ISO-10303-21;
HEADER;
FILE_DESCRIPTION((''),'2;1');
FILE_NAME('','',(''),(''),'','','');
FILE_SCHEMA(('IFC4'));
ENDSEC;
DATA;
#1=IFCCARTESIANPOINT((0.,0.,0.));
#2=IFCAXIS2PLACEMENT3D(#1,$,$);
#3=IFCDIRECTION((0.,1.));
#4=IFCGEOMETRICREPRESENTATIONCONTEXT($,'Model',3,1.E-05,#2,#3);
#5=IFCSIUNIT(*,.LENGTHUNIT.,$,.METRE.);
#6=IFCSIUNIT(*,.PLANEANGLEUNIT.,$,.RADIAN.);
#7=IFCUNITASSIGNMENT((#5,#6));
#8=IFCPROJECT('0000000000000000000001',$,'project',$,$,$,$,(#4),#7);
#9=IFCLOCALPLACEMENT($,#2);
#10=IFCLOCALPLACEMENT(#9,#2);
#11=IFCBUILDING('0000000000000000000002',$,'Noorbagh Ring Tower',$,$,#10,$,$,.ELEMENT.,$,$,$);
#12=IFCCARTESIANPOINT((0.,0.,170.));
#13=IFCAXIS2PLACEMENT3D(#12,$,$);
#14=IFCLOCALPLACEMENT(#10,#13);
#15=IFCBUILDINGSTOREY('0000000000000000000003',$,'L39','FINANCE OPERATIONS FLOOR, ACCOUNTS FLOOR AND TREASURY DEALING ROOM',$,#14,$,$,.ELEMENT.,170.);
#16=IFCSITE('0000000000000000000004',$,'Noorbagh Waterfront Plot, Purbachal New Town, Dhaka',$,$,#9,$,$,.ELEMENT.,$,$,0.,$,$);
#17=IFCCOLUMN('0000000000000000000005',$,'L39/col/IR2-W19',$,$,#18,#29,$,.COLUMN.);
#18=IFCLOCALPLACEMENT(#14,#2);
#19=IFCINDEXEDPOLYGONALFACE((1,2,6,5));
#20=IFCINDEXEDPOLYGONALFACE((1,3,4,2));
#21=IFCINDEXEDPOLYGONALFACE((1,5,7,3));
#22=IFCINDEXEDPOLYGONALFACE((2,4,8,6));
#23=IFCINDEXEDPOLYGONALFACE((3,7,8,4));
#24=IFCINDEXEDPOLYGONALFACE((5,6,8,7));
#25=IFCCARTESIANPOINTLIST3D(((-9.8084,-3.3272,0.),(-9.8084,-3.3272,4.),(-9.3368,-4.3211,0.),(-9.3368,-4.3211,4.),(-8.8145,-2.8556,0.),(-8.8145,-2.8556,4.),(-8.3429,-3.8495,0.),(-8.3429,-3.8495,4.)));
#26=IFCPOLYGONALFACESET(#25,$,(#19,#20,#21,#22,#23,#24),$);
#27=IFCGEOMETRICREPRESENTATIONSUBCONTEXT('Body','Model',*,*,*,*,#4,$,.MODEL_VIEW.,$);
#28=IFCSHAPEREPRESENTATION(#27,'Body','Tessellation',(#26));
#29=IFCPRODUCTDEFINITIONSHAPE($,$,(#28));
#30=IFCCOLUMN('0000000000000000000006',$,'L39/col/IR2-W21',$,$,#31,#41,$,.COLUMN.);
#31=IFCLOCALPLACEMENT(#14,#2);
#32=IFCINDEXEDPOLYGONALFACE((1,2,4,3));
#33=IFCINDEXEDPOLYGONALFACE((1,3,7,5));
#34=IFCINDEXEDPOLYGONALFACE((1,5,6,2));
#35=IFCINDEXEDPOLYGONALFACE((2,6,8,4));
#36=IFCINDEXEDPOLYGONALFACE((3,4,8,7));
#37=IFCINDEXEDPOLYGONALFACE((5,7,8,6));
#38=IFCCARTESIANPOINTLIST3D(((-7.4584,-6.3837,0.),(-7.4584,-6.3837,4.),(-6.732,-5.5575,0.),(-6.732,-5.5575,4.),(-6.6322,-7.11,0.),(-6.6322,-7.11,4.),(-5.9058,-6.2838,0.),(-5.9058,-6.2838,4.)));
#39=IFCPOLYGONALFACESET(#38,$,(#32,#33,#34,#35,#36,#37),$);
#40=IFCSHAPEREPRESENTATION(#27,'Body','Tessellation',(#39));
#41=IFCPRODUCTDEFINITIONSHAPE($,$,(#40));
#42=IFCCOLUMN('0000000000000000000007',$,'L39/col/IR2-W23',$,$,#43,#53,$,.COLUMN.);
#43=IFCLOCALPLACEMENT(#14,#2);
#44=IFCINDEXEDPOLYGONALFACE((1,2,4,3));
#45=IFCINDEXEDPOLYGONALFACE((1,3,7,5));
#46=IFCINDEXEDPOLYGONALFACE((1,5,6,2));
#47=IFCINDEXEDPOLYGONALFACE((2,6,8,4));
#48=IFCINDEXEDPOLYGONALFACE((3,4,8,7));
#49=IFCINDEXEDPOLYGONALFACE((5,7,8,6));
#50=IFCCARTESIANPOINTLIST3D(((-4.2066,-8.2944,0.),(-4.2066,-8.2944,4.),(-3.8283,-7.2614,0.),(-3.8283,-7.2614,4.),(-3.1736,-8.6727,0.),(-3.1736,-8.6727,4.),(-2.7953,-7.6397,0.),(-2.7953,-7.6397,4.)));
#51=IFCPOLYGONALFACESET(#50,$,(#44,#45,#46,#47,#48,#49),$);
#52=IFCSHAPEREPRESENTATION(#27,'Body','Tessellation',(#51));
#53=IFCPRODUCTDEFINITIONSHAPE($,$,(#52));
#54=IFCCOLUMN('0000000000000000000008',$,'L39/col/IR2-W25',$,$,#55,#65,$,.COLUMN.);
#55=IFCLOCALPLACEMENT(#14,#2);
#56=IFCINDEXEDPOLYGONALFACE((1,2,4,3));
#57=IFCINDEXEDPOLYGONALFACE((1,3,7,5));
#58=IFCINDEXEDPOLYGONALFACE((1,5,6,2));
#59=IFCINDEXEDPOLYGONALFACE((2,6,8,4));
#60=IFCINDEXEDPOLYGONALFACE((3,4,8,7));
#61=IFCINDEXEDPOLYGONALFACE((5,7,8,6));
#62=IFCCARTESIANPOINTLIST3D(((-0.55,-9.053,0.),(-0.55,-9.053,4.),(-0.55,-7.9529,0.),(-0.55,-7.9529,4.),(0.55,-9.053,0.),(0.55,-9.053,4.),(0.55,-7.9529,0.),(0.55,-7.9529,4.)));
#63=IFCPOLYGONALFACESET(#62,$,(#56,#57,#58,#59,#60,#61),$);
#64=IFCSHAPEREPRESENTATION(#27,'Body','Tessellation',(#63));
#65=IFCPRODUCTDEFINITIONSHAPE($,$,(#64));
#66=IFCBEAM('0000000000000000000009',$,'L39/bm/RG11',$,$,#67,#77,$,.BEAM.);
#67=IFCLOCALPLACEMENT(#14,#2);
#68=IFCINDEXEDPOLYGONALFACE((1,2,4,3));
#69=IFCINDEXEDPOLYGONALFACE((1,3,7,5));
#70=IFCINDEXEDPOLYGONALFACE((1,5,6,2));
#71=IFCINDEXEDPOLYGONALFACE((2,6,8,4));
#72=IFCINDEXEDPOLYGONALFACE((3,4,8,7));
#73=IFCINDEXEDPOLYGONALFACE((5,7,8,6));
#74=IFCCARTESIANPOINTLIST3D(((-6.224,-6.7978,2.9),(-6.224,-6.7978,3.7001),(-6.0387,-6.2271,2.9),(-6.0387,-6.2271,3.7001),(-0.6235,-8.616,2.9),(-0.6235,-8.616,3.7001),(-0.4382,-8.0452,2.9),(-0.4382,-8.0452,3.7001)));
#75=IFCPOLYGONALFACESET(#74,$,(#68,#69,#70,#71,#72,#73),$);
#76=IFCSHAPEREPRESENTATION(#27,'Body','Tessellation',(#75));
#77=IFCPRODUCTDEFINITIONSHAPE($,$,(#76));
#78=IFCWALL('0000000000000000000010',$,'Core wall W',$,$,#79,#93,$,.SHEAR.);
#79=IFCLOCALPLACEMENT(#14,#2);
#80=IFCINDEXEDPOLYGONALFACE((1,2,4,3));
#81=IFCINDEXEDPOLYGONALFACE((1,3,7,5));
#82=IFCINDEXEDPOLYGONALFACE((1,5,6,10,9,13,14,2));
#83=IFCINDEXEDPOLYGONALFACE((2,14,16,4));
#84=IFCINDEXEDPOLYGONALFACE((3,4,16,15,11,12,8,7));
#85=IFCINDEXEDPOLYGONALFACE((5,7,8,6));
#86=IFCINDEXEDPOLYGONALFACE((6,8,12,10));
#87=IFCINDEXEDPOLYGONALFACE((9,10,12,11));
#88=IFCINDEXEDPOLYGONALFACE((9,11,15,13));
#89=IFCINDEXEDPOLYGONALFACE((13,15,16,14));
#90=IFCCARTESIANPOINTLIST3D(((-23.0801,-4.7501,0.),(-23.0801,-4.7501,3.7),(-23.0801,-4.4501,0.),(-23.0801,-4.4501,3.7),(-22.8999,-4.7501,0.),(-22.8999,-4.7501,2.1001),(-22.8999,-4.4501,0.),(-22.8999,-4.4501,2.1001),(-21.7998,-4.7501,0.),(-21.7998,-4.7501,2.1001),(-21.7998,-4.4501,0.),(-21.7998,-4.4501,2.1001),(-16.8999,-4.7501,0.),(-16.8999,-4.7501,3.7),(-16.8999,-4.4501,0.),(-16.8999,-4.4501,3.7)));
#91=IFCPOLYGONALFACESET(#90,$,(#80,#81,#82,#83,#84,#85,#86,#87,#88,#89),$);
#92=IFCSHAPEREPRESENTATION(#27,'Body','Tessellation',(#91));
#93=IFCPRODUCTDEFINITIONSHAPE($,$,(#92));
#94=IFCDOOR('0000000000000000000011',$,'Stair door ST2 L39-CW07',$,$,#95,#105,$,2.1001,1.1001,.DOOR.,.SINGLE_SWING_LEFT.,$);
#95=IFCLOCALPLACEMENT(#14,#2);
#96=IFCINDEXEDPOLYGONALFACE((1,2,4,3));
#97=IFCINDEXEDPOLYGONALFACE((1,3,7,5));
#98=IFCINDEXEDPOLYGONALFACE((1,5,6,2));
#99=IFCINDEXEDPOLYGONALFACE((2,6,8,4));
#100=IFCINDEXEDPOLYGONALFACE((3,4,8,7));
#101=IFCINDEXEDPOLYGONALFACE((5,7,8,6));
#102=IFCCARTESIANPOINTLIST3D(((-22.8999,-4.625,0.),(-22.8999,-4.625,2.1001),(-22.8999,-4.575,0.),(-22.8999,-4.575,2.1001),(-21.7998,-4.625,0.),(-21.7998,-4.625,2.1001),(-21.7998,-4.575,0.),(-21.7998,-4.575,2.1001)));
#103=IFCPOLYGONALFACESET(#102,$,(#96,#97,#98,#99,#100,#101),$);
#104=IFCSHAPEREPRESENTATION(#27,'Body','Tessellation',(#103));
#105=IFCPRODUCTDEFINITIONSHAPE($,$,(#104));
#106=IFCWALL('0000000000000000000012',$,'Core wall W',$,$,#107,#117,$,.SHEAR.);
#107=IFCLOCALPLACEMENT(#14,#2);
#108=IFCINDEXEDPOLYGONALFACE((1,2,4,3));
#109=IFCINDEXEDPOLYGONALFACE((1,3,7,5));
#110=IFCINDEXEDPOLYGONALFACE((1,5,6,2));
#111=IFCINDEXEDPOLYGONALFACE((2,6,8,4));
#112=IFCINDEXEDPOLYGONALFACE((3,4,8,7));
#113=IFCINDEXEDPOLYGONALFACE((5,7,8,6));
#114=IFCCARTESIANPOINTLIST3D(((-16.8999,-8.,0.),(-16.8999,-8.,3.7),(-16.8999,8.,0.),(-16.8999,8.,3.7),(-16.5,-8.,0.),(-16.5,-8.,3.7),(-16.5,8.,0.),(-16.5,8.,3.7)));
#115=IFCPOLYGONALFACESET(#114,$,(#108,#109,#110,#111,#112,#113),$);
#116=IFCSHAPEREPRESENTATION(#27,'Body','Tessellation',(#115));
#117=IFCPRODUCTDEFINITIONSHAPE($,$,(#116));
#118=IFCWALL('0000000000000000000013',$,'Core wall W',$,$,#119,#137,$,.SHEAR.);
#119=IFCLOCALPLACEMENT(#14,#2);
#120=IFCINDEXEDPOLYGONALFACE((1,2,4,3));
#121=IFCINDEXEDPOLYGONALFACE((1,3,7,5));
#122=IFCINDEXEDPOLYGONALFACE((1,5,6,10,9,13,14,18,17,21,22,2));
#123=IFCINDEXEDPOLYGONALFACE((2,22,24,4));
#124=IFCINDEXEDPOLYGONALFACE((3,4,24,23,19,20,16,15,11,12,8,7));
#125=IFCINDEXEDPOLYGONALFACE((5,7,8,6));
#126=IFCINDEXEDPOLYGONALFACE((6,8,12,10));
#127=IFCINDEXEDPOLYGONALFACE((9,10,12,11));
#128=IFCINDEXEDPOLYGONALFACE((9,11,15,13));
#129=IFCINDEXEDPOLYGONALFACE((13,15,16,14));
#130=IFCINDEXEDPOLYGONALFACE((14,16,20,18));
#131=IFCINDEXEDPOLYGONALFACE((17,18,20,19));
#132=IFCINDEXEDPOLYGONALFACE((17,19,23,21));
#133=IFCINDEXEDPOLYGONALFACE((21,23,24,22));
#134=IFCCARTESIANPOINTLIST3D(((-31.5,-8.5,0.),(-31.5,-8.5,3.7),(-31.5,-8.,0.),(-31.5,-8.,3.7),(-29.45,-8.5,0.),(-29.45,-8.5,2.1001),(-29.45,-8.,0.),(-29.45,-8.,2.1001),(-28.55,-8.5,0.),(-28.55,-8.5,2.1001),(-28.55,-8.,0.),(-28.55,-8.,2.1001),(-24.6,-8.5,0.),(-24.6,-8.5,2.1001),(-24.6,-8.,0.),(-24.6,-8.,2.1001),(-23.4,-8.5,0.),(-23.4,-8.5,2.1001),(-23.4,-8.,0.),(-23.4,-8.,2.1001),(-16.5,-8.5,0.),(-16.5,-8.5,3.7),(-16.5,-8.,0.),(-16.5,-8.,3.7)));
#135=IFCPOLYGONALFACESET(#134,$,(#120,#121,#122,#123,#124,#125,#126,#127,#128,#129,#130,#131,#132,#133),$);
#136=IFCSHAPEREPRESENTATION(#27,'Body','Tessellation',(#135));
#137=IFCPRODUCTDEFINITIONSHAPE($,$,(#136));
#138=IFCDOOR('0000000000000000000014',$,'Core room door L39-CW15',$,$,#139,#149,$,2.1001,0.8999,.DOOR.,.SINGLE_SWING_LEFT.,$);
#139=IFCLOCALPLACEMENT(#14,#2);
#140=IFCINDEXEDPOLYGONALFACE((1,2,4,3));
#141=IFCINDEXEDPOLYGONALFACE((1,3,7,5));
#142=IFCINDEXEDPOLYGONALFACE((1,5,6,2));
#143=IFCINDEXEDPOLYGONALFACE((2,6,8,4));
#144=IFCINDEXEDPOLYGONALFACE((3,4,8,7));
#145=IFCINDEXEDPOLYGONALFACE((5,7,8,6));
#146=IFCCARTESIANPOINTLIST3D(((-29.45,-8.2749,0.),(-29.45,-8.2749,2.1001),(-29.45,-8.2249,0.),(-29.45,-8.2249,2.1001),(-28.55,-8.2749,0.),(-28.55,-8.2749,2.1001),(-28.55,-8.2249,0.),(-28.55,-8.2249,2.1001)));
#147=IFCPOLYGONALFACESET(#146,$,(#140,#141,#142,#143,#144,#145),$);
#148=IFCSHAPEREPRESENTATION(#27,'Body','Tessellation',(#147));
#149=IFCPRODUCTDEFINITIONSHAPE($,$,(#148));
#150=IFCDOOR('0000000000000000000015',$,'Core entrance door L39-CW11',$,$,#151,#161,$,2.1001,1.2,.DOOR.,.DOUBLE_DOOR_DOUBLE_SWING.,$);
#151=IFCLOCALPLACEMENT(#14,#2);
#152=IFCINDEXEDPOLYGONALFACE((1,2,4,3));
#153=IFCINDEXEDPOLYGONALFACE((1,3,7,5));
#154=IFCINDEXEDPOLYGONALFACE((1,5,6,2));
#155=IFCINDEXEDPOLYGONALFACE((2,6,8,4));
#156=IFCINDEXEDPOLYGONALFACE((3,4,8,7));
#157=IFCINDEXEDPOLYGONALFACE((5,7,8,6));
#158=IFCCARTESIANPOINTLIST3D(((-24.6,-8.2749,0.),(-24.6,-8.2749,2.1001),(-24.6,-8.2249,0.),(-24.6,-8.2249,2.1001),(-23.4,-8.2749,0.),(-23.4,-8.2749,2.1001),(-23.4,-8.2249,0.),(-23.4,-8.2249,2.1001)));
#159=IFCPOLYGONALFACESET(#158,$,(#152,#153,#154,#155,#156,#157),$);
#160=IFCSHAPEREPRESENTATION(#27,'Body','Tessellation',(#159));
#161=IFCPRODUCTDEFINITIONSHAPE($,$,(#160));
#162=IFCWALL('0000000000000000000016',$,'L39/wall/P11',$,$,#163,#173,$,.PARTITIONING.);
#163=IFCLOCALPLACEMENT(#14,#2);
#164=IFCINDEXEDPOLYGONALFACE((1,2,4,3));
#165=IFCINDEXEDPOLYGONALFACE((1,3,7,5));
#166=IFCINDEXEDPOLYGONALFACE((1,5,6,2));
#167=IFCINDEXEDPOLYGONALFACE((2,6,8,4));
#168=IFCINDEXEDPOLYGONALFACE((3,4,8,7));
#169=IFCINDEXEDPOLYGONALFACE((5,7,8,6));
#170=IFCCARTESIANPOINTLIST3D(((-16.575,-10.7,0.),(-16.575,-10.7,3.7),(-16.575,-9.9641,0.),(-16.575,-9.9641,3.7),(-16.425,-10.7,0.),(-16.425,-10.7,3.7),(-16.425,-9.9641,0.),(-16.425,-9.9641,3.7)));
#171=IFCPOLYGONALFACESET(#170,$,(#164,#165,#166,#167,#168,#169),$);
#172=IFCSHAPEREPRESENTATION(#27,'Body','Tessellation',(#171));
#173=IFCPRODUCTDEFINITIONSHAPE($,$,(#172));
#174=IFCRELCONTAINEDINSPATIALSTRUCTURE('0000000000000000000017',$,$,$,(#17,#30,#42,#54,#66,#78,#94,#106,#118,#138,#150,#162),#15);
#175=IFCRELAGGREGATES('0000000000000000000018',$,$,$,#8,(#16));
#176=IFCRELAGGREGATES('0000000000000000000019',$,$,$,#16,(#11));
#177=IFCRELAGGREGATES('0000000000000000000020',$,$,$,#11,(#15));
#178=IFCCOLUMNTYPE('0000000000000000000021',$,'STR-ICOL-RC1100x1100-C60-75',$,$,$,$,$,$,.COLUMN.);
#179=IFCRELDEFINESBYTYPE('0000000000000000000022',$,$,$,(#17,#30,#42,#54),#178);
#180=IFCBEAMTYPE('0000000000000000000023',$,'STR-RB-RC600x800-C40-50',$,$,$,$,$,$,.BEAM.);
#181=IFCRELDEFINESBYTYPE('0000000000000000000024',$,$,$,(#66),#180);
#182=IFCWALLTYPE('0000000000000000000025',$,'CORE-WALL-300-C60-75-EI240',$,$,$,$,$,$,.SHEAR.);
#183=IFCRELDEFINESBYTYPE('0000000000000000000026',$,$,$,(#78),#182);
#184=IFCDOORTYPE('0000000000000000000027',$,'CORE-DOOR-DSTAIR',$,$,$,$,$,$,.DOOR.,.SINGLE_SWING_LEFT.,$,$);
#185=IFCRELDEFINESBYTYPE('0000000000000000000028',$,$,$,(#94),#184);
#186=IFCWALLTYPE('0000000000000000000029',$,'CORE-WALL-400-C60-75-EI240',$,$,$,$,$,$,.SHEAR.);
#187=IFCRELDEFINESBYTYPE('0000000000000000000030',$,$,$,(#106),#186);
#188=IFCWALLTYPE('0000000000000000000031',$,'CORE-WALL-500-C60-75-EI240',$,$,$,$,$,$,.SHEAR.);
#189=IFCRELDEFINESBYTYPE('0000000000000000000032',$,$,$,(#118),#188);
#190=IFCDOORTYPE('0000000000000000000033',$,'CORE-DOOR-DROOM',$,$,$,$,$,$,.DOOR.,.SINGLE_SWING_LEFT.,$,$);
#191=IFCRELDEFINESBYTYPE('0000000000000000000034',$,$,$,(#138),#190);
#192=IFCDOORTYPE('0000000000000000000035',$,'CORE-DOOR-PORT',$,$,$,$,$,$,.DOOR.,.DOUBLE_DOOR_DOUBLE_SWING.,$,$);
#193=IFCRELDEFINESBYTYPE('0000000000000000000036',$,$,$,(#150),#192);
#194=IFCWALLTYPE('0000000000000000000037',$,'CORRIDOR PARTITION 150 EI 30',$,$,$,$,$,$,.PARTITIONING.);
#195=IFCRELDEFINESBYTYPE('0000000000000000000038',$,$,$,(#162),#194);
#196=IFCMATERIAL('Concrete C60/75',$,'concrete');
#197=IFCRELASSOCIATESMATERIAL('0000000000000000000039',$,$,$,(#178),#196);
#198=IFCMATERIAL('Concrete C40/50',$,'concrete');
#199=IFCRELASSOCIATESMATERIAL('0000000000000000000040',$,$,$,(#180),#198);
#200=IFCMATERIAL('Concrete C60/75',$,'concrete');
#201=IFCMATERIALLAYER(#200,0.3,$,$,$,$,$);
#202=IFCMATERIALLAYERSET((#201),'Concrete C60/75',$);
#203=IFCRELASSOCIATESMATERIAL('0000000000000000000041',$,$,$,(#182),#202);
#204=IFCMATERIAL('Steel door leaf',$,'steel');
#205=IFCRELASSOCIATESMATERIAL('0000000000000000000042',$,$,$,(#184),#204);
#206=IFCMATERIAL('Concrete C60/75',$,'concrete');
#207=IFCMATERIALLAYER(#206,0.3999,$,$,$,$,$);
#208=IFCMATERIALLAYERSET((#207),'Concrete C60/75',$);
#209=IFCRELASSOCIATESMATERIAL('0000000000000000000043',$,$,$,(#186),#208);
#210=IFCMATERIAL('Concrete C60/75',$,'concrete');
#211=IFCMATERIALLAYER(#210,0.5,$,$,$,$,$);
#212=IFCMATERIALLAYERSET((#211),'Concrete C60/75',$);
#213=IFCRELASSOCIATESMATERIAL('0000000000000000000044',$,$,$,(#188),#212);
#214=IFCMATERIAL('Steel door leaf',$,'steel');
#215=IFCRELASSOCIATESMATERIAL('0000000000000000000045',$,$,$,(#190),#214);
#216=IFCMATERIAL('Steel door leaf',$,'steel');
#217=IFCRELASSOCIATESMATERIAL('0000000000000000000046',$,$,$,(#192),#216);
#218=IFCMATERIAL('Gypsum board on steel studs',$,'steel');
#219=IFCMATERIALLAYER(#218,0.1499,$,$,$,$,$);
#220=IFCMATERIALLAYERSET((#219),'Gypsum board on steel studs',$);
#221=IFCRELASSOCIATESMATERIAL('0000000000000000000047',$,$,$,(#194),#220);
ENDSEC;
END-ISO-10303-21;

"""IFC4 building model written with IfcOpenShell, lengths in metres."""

from ifc_helpers import new_model, si_unit, direction, frame, frame_2d, origin, origin_2d, place, context, subcontext, project, spatial, rectangle, extrude, material, layer, layer_set, material_profile, profile_set, type_object, element, fill, save


model = new_model("IFC4")

# Units and contexts
model_context = context("Model", 3, precision=1e-05, world=origin(), true_north=direction((0.0, 1.0)))
body_context = subcontext(model_context, "Body", "Model", "MODEL_VIEW")
ifc_project = project(units=[si_unit("LENGTHUNIT", "METRE"), si_unit("PLANEANGLEUNIT", "RADIAN")], contexts=[model_context])

# Site, building, storey
site_placement = place(None, origin())
site = spatial("IfcSite", under=ifc_project, at=site_placement, Name="Noorbagh Waterfront Plot, Purbachal New Town, Dhaka", CompositionType="ELEMENT", RefElevation=0.0)
building_placement = place(site_placement, origin())
building = spatial("IfcBuilding", under=site, at=building_placement, Name="Noorbagh Ring Tower", CompositionType="ELEMENT")
storey_placement = place(building_placement, frame((0.0, 0.0, 170.0)))
storey = spatial("IfcBuildingStorey", under=building, at=storey_placement, Name="L39", Description="FINANCE OPERATIONS FLOOR, ACCOUNTS FLOOR AND TREASURY DEALING ROOM", CompositionType="ELEMENT", Elevation=170.0)

# Columns
ifc_material_1 = material(Name="Concrete C60/75", Category="concrete")
ifc_material_profile_1 = material_profile(ifc_material_1, rectangle(XDim=1.1001, YDim=1.1001, at=origin_2d()), Name="RC1100x1100")
ifc_profile_set_1 = profile_set([ifc_material_profile_1], Name="Concrete C60/75")
column_type = type_object("IfcColumnType", Name="STR-ICOL-RC1100x1100-C60-75", PredefinedType="COLUMN", material=ifc_profile_set_1)
for number, where, z_axis, x_axis, name in (
    (1, (-9.0757, -3.5884, 0.0), (0.0, 0.0, 1.0), (0.428667, -0.903463, 0.0), "L39/col/IR2-W19"),
    (2, (-6.6821, -6.3337, 0.0), (0.0, 0.0, 1.0), (0.751022, -0.660277, 0.0), "L39/col/IR2-W21"),
    (3, (-3.501, -7.967, 0.0), (0.0, 0.0, 1.0), (0.93902, -0.343864, 0.0), "L39/col/IR2-W23"),
    (4, (0.0, -8.5029, 0.0), (0.0, 0.0, 1.0), (1.0, 0.0, 0.0), "L39/col/IR2-W25"),
):
    element("IfcColumn", number, at=place(storey_placement, frame(where, z_axis=z_axis, x_axis=x_axis)), inside=storey, type_object=column_type, Name=name, PredefinedType="COLUMN", context=body_context, shape_type="SweptSolid", body=[
        extrude(rectangle(XDim=1.1001, YDim=1.1001, at=origin_2d()), origin(), (0.0, 0.0, 1.0), 4.0),
    ])

# Beam
ifc_material_2 = material(Name="Concrete C40/50", Category="concrete")
ifc_material_profile_2 = material_profile(ifc_material_2, rectangle(XDim=0.6001, YDim=0.8, at=origin_2d()), Name="RC600x800")
ifc_profile_set_2 = profile_set([ifc_material_profile_2], Name="Concrete C40/50")
beam_type = type_object("IfcBeamType", Name="STR-RB-RC600x800-C40-50", PredefinedType="BEAM", material=ifc_profile_set_2)
beam_placement = place(storey_placement, frame((-6.1313, -6.5125, 3.3), z_axis=(0.951134, -0.308779, 0.0), x_axis=(0.308779, 0.951134, 0.0)))
element("IfcBeam", 5, at=beam_placement, inside=storey, type_object=beam_type, Name="L39/bm/RG11", PredefinedType="BEAM", context=body_context, shape_type="SweptSolid", body=[
    extrude(rectangle(XDim=0.6001, YDim=0.8, at=origin_2d()), origin(), (0.0, 0.0, 1.0), 5.8882),
])

# Wall, opening, door
ifc_material_3 = material(Name="Concrete C60/75", Category="concrete")
ifc_layer_1 = layer(ifc_material_3, 0.3)
ifc_layer_set_1 = layer_set([ifc_layer_1], Name="Concrete C60/75")
wall_type_1 = type_object("IfcWallType", Name="CORE-WALL-300-C60-75-EI240", PredefinedType="SHEAR", material=ifc_layer_set_1)
wall_1_placement = place(storey_placement, frame((-16.8999, -4.6001, 0.0), z_axis=(0.0, 0.0, 1.0), x_axis=(-1.0, 0.0, 0.0)))
wall_1 = element("IfcWall", 6, at=wall_1_placement, inside=storey, type_object=wall_type_1, Name="Core wall W", PredefinedType="SHEAR", context=body_context, shape_type="SweptSolid", body=[
    extrude(rectangle(XDim=6.1802, YDim=0.3, at=frame_2d((3.0901, 0.0))), origin(), (0.0, 0.0, 1.0), 3.7),
])
opening_1_placement = place(wall_1_placement, frame((4.8999, 0.0, 0.0)))
opening_1 = element("IfcOpeningElement", 7, at=opening_1_placement, cuts=wall_1, PredefinedType="OPENING", context=body_context, shape_type="SweptSolid", body=[
    extrude(rectangle(XDim=1.1001, YDim=2.1001, at=frame_2d((0.55, 1.05))), frame((0.0, 0.1602, 0.0), z_axis=(0.0, -1.0, 0.0), x_axis=(1.0, 0.0, 0.0)), (0.0, 0.0, 1.0), 0.3201),
])
ifc_material_4 = material(Name="Steel door leaf", Category="steel")
door_type_1 = type_object("IfcDoorType", Name="CORE-DOOR-DSTAIR", OperationType="SINGLE_SWING_LEFT", PredefinedType="DOOR", material=ifc_material_4)
door_1_placement = place(opening_1_placement, origin())
door_1 = element("IfcDoor", 8, at=door_1_placement, inside=storey, type_object=door_type_1, Name="Stair door ST2 L39-CW07", OperationType="SINGLE_SWING_LEFT", OverallHeight=2.1001, OverallWidth=1.1001, PredefinedType="DOOR", context=body_context, shape_type="SweptSolid", body=[
    extrude(rectangle(XDim=1.1001, YDim=2.1001, at=frame_2d((0.55, 1.05))), frame((0.0, 0.0249, 0.0), z_axis=(0.0, -1.0, 0.0), x_axis=(1.0, 0.0, 0.0)), (0.0, 0.0, 1.0), 0.05),
])
fill(opening_1, door_1)

# Wall
ifc_material_5 = material(Name="Concrete C60/75", Category="concrete")
ifc_layer_2 = layer(ifc_material_5, 0.3999)
ifc_layer_set_2 = layer_set([ifc_layer_2], Name="Concrete C60/75")
wall_type_2 = type_object("IfcWallType", Name="CORE-WALL-400-C60-75-EI240", PredefinedType="SHEAR", material=ifc_layer_set_2)
wall_2_placement = place(storey_placement, frame((-16.7, -8.0, 0.0), z_axis=(0.0, 0.0, 1.0), x_axis=(0.0, 1.0, 0.0)))
element("IfcWall", 9, at=wall_2_placement, inside=storey, type_object=wall_type_2, Name="Core wall W", PredefinedType="SHEAR", context=body_context, shape_type="SweptSolid", body=[
    extrude(rectangle(XDim=16.0, YDim=0.3999, at=frame_2d((8.0, 0.0))), origin(), (0.0, 0.0, 1.0), 3.7),
])

# Wall, openings, doors
ifc_material_6 = material(Name="Concrete C60/75", Category="concrete")
ifc_layer_3 = layer(ifc_material_6, 0.5)
ifc_layer_set_3 = layer_set([ifc_layer_3], Name="Concrete C60/75")
wall_type_3 = type_object("IfcWallType", Name="CORE-WALL-500-C60-75-EI240", PredefinedType="SHEAR", material=ifc_layer_set_3)
wall_3_placement = place(storey_placement, frame((-16.5, -8.25, 0.0), z_axis=(0.0, 0.0, 1.0), x_axis=(-1.0, 0.0, 0.0)))
wall_3 = element("IfcWall", 10, at=wall_3_placement, inside=storey, type_object=wall_type_3, Name="Core wall W", PredefinedType="SHEAR", context=body_context, shape_type="SweptSolid", body=[
    extrude(rectangle(XDim=15.0, YDim=0.5, at=frame_2d((7.5, 0.0))), origin(), (0.0, 0.0, 1.0), 3.7),
])
opening_2_placement = place(wall_3_placement, frame((6.8999, 0.0, 0.0)))
opening_2 = element("IfcOpeningElement", 11, at=opening_2_placement, cuts=wall_3, PredefinedType="OPENING", context=body_context, shape_type="SweptSolid", body=[
    extrude(rectangle(XDim=1.2, YDim=2.1001, at=frame_2d((0.6001, 1.05))), frame((0.0, 0.26, 0.0), z_axis=(0.0, -1.0, 0.0), x_axis=(1.0, 0.0, 0.0)), (0.0, 0.0, 1.0), 0.52),
])
opening_3_placement = place(wall_3_placement, frame((12.05, 0.0, 0.0)))
opening_3 = element("IfcOpeningElement", 12, at=opening_3_placement, cuts=wall_3, PredefinedType="OPENING", context=body_context, shape_type="SweptSolid", body=[
    extrude(rectangle(XDim=0.8999, YDim=2.1001, at=frame_2d((0.45, 1.05))), frame((0.0, 0.26, 0.0), z_axis=(0.0, -1.0, 0.0), x_axis=(1.0, 0.0, 0.0)), (0.0, 0.0, 1.0), 0.52),
])
ifc_material_7 = material(Name="Steel door leaf", Category="steel")
door_type_2 = type_object("IfcDoorType", Name="CORE-DOOR-DROOM", OperationType="SINGLE_SWING_LEFT", PredefinedType="DOOR", material=ifc_material_7)
door_2_placement = place(opening_3_placement, origin())
door_2 = element("IfcDoor", 13, at=door_2_placement, inside=storey, type_object=door_type_2, Name="Core room door L39-CW15", OperationType="SINGLE_SWING_LEFT", OverallHeight=2.1001, OverallWidth=0.8999, PredefinedType="DOOR", context=body_context, shape_type="SweptSolid", body=[
    extrude(rectangle(XDim=0.8999, YDim=2.1001, at=frame_2d((0.45, 1.05))), frame((0.0, 0.0249, 0.0), z_axis=(0.0, -1.0, 0.0), x_axis=(1.0, 0.0, 0.0)), (0.0, 0.0, 1.0), 0.05),
])
fill(opening_3, door_2)
ifc_material_8 = material(Name="Steel door leaf", Category="steel")
door_type_3 = type_object("IfcDoorType", Name="CORE-DOOR-PORT", OperationType="DOUBLE_DOOR_DOUBLE_SWING", PredefinedType="DOOR", material=ifc_material_8)
door_3_placement = place(opening_2_placement, origin())
door_3 = element("IfcDoor", 14, at=door_3_placement, inside=storey, type_object=door_type_3, Name="Core entrance door L39-CW11", OperationType="DOUBLE_DOOR_DOUBLE_SWING", OverallHeight=2.1001, OverallWidth=1.2, PredefinedType="DOOR", context=body_context, shape_type="SweptSolid", body=[
    extrude(rectangle(XDim=1.2, YDim=2.1001, at=frame_2d((0.6001, 1.05))), frame((0.0, 0.0249, 0.0), z_axis=(0.0, -1.0, 0.0), x_axis=(1.0, 0.0, 0.0)), (0.0, 0.0, 1.0), 0.05),
])
fill(opening_2, door_3)

# Wall
ifc_material_9 = material(Name="Gypsum board on steel studs", Category="steel")
ifc_layer_4 = layer(ifc_material_9, 0.1499)
ifc_layer_set_4 = layer_set([ifc_layer_4], Name="Gypsum board on steel studs")
wall_type_4 = type_object("IfcWallType", Name="CORRIDOR PARTITION 150 EI 30", PredefinedType="PARTITIONING", material=ifc_layer_set_4)
wall_4_placement = place(storey_placement, frame((-16.5, -10.7, 0.0), z_axis=(0.0, 0.0, 1.0), x_axis=(0.0, 1.0, 0.0)))
element("IfcWall", 15, at=wall_4_placement, inside=storey, type_object=wall_type_4, Name="L39/wall/P11", PredefinedType="PARTITIONING", context=body_context, shape_type="SweptSolid", body=[
    extrude(rectangle(XDim=0.7358, YDim=0.1499, at=frame_2d((0.3679, 0.0))), origin(), (0.0, 0.0, 1.0), 3.7),
])

save(model, "model.ifc")
